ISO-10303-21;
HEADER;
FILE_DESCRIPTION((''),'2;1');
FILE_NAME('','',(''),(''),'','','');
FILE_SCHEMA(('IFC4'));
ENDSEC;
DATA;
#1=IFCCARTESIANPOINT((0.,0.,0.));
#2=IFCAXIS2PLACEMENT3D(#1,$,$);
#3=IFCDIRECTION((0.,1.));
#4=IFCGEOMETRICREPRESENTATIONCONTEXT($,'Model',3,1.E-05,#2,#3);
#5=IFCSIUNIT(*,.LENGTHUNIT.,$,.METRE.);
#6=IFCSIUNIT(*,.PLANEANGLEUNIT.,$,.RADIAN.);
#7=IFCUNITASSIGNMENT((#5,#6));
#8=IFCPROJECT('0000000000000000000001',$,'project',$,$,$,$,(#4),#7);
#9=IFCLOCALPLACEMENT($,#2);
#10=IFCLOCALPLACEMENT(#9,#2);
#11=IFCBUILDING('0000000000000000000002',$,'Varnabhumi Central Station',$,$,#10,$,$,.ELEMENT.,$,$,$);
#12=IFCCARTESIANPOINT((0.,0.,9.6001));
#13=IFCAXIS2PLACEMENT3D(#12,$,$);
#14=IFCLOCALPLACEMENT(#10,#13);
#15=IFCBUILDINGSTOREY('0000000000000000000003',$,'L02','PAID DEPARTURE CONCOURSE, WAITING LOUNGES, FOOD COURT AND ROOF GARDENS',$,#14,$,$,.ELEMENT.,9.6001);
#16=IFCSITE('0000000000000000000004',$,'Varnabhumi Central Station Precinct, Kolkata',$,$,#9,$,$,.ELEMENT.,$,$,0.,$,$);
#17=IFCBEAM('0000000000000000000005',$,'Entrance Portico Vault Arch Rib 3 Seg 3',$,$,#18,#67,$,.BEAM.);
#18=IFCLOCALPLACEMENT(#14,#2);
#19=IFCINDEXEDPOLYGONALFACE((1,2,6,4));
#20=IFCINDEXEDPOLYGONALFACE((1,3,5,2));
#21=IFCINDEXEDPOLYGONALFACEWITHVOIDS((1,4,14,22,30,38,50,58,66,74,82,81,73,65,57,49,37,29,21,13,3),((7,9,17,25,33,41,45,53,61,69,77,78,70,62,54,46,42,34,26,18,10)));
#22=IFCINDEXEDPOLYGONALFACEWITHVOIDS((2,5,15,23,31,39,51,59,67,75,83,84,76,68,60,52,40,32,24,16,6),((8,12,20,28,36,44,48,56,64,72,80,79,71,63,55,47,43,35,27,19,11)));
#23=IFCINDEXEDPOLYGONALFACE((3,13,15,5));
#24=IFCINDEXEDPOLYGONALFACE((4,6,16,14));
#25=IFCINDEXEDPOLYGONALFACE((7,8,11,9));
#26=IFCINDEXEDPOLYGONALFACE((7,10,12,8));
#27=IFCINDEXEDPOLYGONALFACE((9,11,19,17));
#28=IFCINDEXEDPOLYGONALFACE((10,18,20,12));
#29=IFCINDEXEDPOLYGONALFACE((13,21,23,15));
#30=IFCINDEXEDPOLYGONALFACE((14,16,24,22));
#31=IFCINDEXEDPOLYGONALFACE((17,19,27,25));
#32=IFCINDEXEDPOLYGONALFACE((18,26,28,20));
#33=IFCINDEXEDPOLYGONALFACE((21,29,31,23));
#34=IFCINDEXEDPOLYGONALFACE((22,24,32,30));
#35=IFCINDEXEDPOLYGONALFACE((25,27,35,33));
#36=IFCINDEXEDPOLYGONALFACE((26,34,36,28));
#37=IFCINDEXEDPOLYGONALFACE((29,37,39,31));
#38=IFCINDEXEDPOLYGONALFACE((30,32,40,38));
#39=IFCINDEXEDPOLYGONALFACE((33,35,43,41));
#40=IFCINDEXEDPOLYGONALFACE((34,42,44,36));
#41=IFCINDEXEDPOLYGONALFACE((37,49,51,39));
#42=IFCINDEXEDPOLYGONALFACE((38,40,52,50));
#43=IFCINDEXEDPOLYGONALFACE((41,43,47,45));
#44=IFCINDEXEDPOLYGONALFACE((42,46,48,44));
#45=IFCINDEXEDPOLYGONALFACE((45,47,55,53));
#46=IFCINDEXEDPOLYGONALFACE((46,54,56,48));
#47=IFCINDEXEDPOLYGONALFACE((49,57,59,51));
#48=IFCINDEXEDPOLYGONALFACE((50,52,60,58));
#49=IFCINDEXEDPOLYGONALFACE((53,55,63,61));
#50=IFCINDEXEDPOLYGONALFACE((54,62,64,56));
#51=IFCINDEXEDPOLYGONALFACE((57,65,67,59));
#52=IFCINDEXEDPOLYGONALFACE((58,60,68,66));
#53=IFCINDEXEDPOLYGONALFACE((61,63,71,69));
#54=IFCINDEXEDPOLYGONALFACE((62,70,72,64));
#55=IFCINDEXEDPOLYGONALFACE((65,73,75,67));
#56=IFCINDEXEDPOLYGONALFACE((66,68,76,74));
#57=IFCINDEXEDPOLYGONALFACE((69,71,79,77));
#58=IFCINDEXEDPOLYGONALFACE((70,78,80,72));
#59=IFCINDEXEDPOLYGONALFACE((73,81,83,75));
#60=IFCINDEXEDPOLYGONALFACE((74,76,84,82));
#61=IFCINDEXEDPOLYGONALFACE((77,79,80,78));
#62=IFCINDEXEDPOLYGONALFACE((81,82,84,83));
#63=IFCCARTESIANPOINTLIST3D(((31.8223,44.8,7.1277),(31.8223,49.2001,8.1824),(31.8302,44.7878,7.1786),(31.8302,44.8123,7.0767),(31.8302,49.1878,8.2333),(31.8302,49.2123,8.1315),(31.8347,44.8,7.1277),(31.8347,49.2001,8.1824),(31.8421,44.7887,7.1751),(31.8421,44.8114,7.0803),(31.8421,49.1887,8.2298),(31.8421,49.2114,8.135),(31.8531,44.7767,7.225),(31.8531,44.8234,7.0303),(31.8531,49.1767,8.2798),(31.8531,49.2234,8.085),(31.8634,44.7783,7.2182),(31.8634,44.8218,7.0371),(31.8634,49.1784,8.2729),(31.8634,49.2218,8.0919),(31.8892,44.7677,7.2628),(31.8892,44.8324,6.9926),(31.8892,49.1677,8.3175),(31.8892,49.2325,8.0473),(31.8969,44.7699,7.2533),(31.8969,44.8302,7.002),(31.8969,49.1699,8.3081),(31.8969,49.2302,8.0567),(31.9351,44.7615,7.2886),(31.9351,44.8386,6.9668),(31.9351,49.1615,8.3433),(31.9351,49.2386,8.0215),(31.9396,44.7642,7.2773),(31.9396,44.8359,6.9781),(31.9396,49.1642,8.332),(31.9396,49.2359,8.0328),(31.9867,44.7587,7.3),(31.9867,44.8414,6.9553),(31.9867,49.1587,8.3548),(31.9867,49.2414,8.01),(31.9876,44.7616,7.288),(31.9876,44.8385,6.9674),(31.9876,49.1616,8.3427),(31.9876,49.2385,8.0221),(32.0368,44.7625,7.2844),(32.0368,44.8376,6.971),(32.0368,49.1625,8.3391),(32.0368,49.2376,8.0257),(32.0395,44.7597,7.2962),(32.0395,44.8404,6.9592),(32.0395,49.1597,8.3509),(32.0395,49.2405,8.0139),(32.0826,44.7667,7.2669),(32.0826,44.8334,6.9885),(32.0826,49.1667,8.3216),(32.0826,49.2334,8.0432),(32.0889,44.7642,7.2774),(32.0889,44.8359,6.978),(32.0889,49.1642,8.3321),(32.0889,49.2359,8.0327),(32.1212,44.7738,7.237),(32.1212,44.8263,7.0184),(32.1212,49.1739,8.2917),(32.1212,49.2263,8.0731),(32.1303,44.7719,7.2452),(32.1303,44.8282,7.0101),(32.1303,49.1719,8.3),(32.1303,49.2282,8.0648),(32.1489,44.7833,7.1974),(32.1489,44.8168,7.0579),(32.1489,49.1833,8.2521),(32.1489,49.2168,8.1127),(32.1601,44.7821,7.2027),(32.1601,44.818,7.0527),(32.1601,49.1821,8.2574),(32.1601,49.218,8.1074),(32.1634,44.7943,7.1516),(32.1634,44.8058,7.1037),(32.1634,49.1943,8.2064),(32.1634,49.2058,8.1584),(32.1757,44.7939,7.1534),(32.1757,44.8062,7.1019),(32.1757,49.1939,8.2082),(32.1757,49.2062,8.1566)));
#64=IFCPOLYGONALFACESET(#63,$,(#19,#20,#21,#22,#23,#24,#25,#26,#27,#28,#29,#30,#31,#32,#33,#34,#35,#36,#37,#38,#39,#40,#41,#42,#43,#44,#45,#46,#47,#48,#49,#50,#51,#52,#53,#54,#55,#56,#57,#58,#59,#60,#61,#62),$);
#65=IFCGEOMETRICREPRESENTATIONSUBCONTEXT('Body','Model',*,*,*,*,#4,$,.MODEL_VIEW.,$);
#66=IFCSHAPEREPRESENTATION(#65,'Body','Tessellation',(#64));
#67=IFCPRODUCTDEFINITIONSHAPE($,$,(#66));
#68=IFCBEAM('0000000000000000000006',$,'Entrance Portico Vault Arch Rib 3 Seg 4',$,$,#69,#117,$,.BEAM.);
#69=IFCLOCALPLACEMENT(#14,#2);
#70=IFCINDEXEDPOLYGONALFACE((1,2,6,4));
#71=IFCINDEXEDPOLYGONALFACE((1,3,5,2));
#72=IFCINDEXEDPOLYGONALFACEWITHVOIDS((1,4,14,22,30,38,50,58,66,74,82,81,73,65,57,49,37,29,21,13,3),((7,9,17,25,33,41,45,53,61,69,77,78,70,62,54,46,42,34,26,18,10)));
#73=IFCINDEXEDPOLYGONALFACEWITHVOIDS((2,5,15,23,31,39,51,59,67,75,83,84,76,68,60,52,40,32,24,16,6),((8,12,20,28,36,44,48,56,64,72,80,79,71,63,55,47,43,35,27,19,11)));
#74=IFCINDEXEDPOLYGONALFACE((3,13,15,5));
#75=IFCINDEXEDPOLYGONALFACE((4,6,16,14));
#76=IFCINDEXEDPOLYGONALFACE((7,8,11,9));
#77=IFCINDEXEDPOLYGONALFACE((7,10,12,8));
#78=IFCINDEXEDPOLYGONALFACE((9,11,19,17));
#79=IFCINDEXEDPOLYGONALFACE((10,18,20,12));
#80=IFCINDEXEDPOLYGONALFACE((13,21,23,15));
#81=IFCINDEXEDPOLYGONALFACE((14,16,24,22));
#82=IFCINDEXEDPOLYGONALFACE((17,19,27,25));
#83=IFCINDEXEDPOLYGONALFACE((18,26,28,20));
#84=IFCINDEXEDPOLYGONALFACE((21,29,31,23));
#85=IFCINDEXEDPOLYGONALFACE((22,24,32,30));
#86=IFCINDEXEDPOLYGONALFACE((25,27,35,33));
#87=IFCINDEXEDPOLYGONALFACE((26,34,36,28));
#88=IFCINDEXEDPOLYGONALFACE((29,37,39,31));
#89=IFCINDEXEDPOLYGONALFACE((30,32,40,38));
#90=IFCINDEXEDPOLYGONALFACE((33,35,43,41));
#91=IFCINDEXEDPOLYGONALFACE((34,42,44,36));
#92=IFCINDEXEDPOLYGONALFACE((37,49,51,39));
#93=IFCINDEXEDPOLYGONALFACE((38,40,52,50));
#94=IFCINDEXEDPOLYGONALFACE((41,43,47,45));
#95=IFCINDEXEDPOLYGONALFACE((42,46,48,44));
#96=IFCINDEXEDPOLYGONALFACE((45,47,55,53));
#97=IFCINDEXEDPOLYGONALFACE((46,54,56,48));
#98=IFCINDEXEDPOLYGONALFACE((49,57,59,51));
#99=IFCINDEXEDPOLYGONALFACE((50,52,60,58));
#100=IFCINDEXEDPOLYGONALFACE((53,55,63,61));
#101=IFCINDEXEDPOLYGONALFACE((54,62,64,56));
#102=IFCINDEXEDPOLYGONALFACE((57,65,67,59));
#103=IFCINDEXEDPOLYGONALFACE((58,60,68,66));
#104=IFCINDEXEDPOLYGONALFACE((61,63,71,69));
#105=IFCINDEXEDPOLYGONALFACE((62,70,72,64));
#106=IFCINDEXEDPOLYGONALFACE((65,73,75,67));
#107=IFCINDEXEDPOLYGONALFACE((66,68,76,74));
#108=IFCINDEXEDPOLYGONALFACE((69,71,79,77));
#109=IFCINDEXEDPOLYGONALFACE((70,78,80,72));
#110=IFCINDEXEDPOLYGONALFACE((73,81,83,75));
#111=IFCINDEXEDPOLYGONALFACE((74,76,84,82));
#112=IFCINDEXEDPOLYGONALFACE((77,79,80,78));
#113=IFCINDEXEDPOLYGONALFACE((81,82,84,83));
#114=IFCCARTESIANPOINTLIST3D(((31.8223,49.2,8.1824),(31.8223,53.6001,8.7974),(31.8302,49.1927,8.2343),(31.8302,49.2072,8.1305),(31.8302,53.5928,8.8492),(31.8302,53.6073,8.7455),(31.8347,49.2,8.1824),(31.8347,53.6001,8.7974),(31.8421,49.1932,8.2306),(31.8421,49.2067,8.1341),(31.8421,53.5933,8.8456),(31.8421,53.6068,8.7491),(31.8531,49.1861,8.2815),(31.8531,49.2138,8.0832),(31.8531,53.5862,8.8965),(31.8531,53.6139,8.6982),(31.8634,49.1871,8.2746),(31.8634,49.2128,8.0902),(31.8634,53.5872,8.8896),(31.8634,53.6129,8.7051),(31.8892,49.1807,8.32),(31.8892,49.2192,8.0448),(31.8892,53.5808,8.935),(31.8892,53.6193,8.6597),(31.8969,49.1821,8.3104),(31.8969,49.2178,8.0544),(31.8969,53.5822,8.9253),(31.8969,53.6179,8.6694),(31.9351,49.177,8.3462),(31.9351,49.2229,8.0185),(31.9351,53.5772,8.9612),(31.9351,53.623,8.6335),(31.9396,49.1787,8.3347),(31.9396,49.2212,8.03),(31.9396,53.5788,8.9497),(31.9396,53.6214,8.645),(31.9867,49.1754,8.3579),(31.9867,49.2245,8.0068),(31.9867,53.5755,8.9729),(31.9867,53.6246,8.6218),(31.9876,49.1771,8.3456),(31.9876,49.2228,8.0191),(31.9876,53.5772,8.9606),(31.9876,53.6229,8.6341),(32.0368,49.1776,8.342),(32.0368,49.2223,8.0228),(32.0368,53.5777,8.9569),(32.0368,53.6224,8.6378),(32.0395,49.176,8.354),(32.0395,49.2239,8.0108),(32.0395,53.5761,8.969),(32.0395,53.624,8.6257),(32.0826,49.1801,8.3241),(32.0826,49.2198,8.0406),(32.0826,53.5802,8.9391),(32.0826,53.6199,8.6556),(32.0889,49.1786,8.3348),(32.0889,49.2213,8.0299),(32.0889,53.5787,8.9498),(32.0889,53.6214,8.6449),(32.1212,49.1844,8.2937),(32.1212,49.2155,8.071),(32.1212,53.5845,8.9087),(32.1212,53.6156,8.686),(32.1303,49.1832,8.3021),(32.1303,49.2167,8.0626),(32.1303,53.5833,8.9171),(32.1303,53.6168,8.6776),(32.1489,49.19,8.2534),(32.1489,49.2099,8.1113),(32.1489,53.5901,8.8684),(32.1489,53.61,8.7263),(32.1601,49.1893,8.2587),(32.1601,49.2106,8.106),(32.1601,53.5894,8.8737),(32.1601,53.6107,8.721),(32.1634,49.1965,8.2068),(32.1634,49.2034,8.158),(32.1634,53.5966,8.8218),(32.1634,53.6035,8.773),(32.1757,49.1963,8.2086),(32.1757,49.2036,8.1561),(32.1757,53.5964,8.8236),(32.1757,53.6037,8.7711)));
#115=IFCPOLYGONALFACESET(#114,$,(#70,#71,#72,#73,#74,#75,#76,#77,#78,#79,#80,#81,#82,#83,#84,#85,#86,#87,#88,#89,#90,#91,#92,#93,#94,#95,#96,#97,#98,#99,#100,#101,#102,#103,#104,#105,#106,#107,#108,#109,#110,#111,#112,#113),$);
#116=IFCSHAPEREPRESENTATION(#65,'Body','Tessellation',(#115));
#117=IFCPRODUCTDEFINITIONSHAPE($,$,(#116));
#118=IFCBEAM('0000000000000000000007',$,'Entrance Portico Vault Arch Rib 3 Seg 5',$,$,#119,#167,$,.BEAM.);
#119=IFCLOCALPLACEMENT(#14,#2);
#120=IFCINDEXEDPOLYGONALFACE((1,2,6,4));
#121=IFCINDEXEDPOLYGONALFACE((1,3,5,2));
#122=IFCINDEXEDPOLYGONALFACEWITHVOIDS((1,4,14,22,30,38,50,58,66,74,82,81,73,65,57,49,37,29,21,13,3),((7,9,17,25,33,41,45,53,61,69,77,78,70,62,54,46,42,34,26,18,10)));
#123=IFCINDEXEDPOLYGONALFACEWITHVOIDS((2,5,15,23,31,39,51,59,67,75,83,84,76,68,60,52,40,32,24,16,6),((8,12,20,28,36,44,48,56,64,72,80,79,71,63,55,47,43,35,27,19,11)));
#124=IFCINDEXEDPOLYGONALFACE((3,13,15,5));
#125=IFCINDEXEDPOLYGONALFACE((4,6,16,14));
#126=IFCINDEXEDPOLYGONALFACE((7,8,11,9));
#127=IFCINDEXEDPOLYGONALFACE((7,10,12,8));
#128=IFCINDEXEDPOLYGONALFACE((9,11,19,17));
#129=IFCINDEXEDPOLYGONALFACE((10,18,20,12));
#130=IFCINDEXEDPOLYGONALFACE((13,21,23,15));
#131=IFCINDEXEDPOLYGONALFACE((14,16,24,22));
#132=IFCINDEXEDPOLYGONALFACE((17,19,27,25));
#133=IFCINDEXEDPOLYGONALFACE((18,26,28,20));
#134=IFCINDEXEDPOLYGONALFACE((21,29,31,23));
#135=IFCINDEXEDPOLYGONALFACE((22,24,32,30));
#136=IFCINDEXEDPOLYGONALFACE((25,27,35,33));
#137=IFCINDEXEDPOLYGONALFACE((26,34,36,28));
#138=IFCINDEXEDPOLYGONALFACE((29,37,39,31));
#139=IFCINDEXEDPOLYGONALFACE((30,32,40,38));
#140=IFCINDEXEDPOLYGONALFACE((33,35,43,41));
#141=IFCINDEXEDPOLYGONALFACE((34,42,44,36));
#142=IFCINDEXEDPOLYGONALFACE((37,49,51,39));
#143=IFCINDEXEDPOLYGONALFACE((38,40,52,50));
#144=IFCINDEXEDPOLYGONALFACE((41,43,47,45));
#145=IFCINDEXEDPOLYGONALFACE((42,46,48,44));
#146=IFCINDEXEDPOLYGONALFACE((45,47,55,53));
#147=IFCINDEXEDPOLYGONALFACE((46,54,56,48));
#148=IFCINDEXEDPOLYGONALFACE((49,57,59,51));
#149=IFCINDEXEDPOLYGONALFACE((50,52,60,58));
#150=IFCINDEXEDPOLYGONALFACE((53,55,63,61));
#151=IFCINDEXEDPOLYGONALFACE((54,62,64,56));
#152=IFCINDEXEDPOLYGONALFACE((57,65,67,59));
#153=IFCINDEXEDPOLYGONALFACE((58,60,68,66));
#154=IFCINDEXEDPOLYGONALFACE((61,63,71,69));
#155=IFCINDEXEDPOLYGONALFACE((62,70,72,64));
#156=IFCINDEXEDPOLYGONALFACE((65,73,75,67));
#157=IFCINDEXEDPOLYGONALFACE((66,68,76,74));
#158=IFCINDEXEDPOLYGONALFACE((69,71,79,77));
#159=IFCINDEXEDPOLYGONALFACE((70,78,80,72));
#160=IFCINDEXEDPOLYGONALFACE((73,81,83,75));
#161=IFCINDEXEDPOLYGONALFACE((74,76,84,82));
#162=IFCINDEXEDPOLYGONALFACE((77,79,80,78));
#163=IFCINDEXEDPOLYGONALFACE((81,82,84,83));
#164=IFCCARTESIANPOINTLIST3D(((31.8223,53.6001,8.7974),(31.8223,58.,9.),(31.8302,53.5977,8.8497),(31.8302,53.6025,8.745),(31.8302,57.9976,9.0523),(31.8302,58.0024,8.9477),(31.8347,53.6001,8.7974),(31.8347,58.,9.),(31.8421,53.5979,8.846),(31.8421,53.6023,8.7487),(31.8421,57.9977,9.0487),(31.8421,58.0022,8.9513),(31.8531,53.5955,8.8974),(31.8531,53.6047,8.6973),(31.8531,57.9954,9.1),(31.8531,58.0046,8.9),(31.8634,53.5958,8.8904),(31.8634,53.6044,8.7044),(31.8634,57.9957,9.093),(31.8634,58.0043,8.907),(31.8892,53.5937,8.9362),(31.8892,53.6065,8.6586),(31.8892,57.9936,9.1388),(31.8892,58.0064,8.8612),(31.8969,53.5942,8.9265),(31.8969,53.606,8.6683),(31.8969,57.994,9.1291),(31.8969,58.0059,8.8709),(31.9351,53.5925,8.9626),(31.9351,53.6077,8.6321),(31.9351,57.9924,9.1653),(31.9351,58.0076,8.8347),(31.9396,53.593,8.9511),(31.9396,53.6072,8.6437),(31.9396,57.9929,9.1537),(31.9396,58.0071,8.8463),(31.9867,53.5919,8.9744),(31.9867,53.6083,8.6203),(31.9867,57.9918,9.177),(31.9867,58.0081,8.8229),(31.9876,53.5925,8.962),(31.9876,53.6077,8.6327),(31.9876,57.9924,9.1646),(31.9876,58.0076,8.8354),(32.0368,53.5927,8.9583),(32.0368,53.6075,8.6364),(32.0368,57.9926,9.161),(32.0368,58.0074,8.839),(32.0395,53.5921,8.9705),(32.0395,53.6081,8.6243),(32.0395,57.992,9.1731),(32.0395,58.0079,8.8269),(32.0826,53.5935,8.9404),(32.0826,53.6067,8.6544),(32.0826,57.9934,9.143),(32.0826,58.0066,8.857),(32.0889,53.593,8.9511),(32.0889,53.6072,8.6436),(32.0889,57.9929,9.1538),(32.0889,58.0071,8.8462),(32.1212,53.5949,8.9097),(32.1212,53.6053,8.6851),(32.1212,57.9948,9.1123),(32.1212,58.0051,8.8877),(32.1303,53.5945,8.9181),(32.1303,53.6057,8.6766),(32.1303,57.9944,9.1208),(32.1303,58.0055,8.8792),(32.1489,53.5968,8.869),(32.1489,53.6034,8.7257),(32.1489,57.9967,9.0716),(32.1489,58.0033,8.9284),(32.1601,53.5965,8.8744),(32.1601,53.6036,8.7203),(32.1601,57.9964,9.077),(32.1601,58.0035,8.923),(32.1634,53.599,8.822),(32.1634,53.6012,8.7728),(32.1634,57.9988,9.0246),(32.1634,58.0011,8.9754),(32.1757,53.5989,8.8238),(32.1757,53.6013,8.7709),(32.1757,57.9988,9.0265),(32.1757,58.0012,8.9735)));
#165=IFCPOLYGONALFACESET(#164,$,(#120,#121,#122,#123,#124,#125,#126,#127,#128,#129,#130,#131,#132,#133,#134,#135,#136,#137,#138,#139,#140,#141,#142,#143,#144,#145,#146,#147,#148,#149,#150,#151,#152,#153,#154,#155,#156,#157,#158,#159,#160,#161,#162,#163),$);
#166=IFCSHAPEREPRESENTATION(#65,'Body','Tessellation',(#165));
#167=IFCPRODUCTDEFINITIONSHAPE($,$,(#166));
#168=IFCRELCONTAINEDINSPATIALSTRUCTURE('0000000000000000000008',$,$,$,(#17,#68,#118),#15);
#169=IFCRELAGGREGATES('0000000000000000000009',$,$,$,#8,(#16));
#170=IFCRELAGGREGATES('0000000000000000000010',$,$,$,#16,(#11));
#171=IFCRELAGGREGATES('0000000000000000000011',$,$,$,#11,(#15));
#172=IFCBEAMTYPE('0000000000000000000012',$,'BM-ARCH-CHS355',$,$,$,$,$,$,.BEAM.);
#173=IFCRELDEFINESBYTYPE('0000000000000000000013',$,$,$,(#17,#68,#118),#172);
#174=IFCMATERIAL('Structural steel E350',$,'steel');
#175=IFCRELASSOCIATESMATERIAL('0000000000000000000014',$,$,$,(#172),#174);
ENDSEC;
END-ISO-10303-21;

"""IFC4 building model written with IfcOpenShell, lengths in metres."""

from ifc_helpers import new_model, si_unit, direction, frame, origin, origin_2d, place, context, subcontext, project, spatial, hollow_circle, extrude, material, material_profile, profile_set, type_object, element, save


model = new_model("IFC4")

# Units and contexts
model_context = context("Model", 3, precision=1e-05, world=origin(), true_north=direction((0.0, 1.0)))
body_context = subcontext(model_context, "Body", "Model", "MODEL_VIEW")
ifc_project = project(units=[si_unit("LENGTHUNIT", "METRE"), si_unit("PLANEANGLEUNIT", "RADIAN")], contexts=[model_context])

# Site, building, storey
site_placement = place(None, origin())
site = spatial("IfcSite", under=ifc_project, at=site_placement, Name="Varnabhumi Central Station Precinct, Kolkata", CompositionType="ELEMENT", RefElevation=0.0)
building_placement = place(site_placement, origin())
building = spatial("IfcBuilding", under=site, at=building_placement, Name="Varnabhumi Central Station", CompositionType="ELEMENT")
storey_placement = place(building_placement, frame((0.0, 0.0, 9.6001)))
storey = spatial("IfcBuildingStorey", under=building, at=storey_placement, Name="L02", Description="PAID DEPARTURE CONCOURSE, WAITING LOUNGES, FOOD COURT AND ROOF GARDENS", CompositionType="ELEMENT", Elevation=9.6001)

# Beams
ifc_material_1 = material(Name="Structural steel E350", Category="steel")
ifc_material_profile_1 = material_profile(ifc_material_1, hollow_circle(Radius=0.1777, WallThickness=0.0125, at=origin_2d()), Name="Structural steel E350", Category="steel")
ifc_profile_set_1 = profile_set([ifc_material_profile_1], Name="Structural steel E350")
beam_type_1 = type_object("IfcBeamType", Name="BM-ARCH-CHS355", PredefinedType="BEAM", material=ifc_profile_set_1)
beam_1_placement = place(storey_placement, frame((32.0, 44.8, 7.1277), z_axis=(0.0, 0.972452, 0.233104), x_axis=(-1.0, 0.0, 0.0)))
element("IfcBeam", 1, at=beam_1_placement, inside=storey, type_object=beam_type_1, Name="Entrance Portico Vault Arch Rib 3 Seg 3", PredefinedType="BEAM", context=body_context, shape_type="SweptSolid", body=[
    extrude(hollow_circle(Radius=0.1777, WallThickness=0.0125, at=origin_2d()), origin(), (0.0, 0.0, 1.0), 4.5247),
])
beam_2_placement = place(storey_placement, frame((32.0, 49.2, 8.1824), z_axis=(0.0, 0.990374, 0.13842), x_axis=(-1.0, 0.0, 0.0)))
element("IfcBeam", 2, at=beam_2_placement, inside=storey, type_object=beam_type_1, Name="Entrance Portico Vault Arch Rib 3 Seg 4", PredefinedType="BEAM", context=body_context, shape_type="SweptSolid", body=[
    extrude(hollow_circle(Radius=0.1777, WallThickness=0.0125, at=origin_2d()), origin(), (0.0, 0.0, 1.0), 4.4429),
])
beam_3_placement = place(storey_placement, frame((32.0, 53.6001, 8.7974), z_axis=(0.0, 0.998941, 0.046006), x_axis=(-1.0, 0.0, 0.0)))
element("IfcBeam", 3, at=beam_3_placement, inside=storey, type_object=beam_type_1, Name="Entrance Portico Vault Arch Rib 3 Seg 5", PredefinedType="BEAM", context=body_context, shape_type="SweptSolid", body=[
    extrude(hollow_circle(Radius=0.1777, WallThickness=0.0125, at=origin_2d()), origin(), (0.0, 0.0, 1.0), 4.4045),
])

save(model, "model.ifc")
